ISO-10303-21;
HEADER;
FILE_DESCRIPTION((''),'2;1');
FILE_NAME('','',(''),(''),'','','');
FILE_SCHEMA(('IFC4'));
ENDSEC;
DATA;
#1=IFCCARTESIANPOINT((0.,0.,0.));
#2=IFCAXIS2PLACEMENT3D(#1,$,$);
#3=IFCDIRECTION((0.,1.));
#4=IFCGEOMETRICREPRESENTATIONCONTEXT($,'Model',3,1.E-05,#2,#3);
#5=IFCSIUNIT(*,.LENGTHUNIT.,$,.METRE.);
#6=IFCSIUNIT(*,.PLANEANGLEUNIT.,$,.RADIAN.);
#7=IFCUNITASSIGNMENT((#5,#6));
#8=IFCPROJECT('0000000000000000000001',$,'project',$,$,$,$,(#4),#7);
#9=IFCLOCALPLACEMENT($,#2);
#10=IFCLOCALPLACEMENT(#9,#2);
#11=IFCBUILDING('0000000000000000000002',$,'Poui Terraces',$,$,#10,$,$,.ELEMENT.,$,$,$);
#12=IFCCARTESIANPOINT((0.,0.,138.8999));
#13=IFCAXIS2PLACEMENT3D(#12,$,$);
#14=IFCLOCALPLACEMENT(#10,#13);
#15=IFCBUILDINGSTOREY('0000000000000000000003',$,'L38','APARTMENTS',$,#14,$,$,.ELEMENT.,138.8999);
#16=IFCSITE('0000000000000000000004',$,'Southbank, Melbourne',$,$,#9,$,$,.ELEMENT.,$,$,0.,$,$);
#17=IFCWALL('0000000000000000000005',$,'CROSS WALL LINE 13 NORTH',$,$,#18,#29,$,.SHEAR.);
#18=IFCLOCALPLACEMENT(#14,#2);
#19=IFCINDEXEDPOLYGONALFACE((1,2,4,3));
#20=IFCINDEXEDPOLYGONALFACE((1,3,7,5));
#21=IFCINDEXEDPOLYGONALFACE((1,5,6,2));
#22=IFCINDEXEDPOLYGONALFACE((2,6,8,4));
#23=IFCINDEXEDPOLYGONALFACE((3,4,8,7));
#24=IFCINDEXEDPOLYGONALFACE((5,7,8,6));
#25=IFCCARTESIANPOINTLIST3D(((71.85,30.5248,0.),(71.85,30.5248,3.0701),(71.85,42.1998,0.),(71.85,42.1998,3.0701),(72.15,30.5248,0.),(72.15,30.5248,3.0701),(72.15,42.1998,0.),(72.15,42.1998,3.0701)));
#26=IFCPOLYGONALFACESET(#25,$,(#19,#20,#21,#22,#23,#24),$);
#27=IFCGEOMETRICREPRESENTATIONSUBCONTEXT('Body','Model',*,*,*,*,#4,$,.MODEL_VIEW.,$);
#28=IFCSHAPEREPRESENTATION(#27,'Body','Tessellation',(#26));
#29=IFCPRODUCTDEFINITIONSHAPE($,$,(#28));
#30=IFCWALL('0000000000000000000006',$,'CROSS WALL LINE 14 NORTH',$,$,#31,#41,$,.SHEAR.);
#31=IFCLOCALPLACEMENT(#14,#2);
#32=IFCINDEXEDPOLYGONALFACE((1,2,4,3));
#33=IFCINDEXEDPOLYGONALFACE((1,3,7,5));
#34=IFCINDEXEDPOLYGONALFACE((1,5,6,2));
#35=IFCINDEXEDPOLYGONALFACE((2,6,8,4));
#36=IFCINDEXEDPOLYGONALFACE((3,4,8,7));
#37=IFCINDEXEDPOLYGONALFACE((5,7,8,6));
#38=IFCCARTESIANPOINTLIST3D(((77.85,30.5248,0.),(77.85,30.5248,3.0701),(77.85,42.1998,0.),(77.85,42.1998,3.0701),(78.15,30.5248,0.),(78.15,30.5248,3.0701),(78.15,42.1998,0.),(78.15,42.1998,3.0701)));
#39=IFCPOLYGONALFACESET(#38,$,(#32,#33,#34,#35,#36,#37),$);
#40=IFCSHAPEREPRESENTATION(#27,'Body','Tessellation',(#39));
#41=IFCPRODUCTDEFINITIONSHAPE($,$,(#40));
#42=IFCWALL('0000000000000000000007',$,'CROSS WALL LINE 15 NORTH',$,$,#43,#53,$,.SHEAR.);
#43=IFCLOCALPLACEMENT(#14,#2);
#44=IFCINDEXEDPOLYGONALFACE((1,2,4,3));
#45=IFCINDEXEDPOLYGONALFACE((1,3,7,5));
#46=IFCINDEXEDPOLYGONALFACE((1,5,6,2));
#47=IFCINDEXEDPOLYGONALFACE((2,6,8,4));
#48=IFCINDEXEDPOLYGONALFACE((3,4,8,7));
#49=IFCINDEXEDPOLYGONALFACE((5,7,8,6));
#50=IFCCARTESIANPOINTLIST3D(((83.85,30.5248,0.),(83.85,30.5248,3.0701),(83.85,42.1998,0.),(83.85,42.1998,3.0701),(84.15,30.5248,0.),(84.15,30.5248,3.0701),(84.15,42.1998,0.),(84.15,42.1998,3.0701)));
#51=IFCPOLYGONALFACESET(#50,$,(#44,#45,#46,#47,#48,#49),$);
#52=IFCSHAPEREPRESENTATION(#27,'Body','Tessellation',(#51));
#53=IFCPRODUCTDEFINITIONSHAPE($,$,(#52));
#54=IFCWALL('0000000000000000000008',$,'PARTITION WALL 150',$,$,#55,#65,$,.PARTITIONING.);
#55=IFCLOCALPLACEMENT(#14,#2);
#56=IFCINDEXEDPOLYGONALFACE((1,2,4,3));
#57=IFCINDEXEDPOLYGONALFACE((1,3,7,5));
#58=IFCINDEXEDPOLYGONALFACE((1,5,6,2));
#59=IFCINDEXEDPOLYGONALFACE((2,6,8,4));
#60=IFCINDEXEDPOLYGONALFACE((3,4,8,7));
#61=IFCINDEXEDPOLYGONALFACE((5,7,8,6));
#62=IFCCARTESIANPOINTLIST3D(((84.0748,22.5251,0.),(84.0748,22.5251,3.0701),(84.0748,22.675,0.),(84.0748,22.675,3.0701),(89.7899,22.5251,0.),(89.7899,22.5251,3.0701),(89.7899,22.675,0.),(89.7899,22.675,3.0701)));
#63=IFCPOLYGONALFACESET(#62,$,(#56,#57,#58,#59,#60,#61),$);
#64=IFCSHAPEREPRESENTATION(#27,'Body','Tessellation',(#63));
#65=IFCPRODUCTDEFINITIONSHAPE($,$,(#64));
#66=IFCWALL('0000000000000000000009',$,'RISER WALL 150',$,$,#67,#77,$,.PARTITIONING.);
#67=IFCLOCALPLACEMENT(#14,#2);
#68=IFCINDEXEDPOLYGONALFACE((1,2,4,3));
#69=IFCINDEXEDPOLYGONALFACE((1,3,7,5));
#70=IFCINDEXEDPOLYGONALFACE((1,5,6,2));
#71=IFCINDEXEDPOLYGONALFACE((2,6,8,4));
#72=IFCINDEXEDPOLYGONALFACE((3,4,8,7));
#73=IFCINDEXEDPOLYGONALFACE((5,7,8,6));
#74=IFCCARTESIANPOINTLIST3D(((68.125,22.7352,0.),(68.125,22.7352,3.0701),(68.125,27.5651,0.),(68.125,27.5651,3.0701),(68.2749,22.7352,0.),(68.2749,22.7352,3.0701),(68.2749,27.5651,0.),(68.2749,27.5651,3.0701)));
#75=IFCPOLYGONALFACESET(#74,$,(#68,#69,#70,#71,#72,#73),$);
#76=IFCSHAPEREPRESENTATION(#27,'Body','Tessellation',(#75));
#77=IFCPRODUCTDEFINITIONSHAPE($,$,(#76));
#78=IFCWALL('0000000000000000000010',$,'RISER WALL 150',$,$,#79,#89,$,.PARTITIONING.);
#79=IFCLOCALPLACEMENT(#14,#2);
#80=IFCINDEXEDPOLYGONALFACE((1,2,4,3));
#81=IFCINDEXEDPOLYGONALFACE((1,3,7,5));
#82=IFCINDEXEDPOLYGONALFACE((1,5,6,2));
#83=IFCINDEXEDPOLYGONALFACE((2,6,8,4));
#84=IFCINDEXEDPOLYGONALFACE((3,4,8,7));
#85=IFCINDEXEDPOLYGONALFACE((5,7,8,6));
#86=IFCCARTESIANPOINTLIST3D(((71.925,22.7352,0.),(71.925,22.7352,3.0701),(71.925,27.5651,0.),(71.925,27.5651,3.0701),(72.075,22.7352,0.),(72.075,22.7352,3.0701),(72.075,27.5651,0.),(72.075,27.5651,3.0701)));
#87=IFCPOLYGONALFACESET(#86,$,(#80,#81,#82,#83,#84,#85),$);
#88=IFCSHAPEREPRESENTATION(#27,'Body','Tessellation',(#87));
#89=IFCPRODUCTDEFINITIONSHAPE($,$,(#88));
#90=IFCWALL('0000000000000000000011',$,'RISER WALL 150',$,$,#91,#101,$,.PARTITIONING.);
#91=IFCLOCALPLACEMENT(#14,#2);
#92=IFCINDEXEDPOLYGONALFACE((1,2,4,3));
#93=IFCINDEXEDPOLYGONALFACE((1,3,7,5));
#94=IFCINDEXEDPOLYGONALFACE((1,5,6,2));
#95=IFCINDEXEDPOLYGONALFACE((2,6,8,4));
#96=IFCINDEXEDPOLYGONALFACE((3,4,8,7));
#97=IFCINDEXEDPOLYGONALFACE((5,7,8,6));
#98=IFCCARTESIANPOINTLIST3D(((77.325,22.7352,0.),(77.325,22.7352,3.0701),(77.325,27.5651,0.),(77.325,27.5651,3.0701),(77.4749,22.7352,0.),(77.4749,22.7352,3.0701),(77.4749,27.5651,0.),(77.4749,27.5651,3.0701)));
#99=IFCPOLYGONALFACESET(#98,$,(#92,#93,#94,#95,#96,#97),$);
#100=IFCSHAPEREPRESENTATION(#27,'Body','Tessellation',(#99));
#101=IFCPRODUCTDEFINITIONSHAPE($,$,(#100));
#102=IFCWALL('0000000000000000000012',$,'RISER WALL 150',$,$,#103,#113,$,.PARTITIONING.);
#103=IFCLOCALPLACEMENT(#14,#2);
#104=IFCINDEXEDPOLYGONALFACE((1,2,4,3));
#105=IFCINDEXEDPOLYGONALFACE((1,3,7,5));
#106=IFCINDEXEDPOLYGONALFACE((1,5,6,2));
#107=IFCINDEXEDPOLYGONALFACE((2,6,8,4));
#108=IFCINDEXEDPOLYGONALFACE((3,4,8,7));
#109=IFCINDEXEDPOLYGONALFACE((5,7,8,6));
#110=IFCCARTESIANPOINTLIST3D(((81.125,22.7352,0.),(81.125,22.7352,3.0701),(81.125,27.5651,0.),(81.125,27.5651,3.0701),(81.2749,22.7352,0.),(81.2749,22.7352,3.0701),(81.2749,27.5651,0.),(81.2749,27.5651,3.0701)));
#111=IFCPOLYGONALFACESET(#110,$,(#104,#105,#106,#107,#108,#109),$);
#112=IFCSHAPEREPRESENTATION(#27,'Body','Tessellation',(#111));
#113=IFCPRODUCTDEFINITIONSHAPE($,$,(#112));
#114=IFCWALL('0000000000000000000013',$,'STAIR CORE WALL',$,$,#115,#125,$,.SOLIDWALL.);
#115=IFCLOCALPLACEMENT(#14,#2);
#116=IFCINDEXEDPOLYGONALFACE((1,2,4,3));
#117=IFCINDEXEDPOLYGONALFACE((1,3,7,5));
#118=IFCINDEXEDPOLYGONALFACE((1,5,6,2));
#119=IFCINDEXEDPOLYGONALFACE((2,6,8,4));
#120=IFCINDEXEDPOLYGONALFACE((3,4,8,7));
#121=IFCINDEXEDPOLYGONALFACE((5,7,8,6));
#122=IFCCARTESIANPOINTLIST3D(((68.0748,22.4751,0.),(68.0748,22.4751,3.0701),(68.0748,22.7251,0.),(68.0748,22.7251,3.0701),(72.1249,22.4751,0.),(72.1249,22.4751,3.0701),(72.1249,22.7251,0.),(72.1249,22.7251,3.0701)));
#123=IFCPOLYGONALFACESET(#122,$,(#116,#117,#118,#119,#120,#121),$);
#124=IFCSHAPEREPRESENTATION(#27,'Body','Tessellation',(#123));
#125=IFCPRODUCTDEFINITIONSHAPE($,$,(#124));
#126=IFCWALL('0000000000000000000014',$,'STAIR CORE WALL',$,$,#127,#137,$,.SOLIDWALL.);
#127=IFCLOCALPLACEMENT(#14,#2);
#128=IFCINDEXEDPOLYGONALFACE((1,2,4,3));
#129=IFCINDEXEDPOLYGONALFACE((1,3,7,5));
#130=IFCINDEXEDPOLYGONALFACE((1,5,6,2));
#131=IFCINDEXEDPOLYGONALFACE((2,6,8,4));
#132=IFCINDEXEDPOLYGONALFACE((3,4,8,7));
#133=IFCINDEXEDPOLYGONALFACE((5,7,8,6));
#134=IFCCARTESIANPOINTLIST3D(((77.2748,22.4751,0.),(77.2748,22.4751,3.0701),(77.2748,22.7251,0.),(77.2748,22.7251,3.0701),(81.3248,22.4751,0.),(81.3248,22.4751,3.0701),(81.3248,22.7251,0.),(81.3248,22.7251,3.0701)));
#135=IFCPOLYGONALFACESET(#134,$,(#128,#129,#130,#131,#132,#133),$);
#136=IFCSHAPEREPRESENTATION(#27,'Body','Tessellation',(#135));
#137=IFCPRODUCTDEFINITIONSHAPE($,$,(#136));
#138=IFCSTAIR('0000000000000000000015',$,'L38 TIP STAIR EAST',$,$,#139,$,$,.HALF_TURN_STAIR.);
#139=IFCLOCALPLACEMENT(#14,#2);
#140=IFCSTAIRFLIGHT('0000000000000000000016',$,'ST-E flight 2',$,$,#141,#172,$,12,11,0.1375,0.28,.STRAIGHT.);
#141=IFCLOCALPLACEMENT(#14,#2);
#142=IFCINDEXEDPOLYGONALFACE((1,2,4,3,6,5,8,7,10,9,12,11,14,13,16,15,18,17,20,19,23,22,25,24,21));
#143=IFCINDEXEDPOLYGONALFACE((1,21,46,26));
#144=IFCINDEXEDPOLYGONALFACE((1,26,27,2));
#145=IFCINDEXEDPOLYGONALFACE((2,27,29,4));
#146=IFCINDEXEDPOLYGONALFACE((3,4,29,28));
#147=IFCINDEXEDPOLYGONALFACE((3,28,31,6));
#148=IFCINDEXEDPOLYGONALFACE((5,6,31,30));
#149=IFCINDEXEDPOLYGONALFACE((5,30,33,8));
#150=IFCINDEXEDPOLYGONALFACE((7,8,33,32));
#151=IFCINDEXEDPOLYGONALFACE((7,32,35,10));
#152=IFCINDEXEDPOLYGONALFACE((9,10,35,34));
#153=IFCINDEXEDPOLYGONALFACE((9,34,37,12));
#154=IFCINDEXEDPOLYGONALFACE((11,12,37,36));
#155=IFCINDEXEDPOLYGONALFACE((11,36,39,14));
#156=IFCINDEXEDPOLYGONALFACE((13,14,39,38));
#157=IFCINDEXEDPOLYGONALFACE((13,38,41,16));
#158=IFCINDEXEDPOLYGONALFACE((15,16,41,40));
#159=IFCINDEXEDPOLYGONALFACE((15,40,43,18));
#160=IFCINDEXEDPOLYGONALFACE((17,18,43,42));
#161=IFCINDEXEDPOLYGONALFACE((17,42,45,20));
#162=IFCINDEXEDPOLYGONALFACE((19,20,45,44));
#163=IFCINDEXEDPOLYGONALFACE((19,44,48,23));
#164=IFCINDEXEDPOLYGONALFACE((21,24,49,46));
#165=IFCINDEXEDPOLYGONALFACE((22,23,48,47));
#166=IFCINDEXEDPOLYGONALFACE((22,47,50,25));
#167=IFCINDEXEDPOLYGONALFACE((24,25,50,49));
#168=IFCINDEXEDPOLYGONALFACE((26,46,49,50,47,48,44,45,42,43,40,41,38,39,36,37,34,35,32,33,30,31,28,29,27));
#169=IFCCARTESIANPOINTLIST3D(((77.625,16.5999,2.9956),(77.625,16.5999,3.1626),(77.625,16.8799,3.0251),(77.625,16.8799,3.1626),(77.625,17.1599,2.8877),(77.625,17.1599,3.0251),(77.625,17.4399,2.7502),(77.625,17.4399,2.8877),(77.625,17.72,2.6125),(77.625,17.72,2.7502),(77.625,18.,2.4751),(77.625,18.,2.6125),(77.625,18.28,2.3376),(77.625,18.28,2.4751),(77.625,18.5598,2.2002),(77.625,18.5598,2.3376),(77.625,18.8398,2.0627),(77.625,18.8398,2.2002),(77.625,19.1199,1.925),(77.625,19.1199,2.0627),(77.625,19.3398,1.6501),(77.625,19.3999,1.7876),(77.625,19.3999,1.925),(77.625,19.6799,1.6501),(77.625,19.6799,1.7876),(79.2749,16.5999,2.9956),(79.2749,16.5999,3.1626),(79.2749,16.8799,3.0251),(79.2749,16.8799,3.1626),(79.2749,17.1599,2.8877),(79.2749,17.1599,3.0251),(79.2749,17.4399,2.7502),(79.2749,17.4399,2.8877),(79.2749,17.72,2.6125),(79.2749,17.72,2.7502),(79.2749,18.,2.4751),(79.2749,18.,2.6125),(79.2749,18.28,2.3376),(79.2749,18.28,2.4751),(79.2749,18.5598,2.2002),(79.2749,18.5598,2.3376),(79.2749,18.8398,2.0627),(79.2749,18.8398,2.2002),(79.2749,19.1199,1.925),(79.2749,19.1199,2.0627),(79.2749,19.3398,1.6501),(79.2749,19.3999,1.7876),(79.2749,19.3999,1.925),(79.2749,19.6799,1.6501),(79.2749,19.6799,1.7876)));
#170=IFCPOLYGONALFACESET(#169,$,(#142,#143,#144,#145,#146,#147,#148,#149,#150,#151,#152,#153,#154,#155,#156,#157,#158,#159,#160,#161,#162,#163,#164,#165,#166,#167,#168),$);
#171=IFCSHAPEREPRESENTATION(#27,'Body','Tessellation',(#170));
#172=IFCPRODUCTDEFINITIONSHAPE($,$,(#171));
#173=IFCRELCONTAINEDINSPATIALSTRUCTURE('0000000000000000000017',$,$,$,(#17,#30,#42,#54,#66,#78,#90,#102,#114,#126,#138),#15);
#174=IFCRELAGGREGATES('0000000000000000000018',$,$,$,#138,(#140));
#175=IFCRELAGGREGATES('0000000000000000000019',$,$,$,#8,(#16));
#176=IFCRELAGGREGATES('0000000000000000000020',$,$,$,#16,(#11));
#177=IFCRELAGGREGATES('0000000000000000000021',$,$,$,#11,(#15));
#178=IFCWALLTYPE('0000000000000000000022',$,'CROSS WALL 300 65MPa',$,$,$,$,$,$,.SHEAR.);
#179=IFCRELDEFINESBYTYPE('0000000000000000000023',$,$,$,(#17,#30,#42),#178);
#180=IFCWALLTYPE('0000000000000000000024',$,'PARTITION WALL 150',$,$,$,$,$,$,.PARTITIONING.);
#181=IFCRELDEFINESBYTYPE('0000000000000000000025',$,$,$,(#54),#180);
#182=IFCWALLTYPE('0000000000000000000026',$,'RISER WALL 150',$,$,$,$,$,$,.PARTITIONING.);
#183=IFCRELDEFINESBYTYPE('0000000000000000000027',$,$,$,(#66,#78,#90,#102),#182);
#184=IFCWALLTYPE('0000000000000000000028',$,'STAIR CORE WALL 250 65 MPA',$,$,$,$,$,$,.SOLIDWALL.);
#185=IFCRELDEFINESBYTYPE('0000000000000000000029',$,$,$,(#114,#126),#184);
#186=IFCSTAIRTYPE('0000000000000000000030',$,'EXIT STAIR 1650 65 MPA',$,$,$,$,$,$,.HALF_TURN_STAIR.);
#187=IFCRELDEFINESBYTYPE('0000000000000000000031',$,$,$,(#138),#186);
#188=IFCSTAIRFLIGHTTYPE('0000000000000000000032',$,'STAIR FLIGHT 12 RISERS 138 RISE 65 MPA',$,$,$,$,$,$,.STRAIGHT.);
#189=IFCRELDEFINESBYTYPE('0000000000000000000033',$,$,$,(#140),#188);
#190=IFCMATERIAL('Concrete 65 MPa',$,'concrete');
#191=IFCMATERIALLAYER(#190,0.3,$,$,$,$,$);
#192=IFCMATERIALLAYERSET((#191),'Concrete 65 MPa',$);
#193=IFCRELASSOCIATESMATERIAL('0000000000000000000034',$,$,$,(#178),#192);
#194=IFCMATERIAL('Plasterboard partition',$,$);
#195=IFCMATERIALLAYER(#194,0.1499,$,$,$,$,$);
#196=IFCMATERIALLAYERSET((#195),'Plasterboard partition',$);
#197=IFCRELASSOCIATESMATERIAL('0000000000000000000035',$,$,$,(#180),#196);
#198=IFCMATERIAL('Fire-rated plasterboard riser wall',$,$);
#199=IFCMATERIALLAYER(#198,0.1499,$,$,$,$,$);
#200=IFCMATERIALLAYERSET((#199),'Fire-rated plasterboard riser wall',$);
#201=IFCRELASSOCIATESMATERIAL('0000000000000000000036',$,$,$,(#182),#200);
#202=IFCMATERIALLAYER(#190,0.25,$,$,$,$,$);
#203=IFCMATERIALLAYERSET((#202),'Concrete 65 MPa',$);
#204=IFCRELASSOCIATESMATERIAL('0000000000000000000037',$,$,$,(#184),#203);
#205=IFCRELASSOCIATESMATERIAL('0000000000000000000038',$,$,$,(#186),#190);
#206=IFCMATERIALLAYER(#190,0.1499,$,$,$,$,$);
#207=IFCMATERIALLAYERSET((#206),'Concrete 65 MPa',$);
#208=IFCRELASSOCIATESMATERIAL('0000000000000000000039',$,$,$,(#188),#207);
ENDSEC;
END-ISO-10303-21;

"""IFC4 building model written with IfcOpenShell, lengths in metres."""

from ifc_helpers import new_model, si_unit, direction, frame, frame_2d, origin, place, context, subcontext, project, spatial, polyline, rectangle, outline, extrude, material, layer, layer_set, type_object, element, aggregate, save


model = new_model("IFC4")

# Units and contexts
model_context = context("Model", 3, precision=1e-05, world=origin(), true_north=direction((0.0, 1.0)))
body_context = subcontext(model_context, "Body", "Model", "MODEL_VIEW")
ifc_project = project(units=[si_unit("LENGTHUNIT", "METRE"), si_unit("PLANEANGLEUNIT", "RADIAN")], contexts=[model_context])

# Site, building, storey
site_placement = place(None, origin())
site = spatial("IfcSite", under=ifc_project, at=site_placement, Name="Southbank, Melbourne", CompositionType="ELEMENT", RefElevation=0.0)
building_placement = place(site_placement, origin())
building = spatial("IfcBuilding", under=site, at=building_placement, Name="Poui Terraces", CompositionType="ELEMENT")
storey_placement = place(building_placement, frame((0.0, 0.0, 138.8999)))
storey = spatial("IfcBuildingStorey", under=building, at=storey_placement, Name="L38", Description="APARTMENTS", CompositionType="ELEMENT", Elevation=138.8999)

# Shared definitions
ifc_material_1 = material(Name="Concrete 65 MPa", Category="concrete")

# Shared definitions
ifc_layer_1 = layer(ifc_material_1, 0.3)
ifc_layer_set_1 = layer_set([ifc_layer_1], Name="Concrete 65 MPa")
wall_type_1 = type_object("IfcWallType", Name="CROSS WALL 300 65MPa", PredefinedType="SHEAR", material=ifc_layer_set_1)

# Walls
for number, where, z_axis, x_axis, name in (
    (1, (72.0, 30.5249, 0.0), (0.0, 0.0, 1.0), (0.0, 1.0, 0.0), "CROSS WALL LINE 13 NORTH"),
    (2, (78.0, 30.5249, 0.0), (0.0, 0.0, 1.0), (0.0, 1.0, 0.0), "CROSS WALL LINE 14 NORTH"),
    (3, (84.0, 30.5249, 0.0), (0.0, 0.0, 1.0), (0.0, 1.0, 0.0), "CROSS WALL LINE 15 NORTH"),
):
    element("IfcWall", number, at=place(storey_placement, frame(where, z_axis=z_axis, x_axis=x_axis)), inside=storey, type_object=wall_type_1, Name=name, PredefinedType="SHEAR", context=body_context, shape_type="SweptSolid", body=[
        extrude(rectangle(XDim=11.675, YDim=0.3, at=frame_2d((5.8374, 0.0))), origin(), (0.0, 0.0, 1.0), 3.0701),
    ])
ifc_material_2 = material(Name="Plasterboard partition")
ifc_layer_2 = layer(ifc_material_2, 0.1499)
ifc_layer_set_2 = layer_set([ifc_layer_2], Name="Plasterboard partition")
wall_type_2 = type_object("IfcWallType", Name="PARTITION WALL 150", PredefinedType="PARTITIONING", material=ifc_layer_set_2)
wall_1_placement = place(storey_placement, frame((84.075, 22.6001, 0.0), z_axis=(0.0, 0.0, 1.0), x_axis=(1.0, 0.0, 0.0)))
element("IfcWall", 4, at=wall_1_placement, inside=storey, type_object=wall_type_2, Name="PARTITION WALL 150", PredefinedType="PARTITIONING", context=body_context, shape_type="SweptSolid", body=[
    extrude(rectangle(XDim=5.7151, YDim=0.1499, at=frame_2d((2.8574, 0.0))), origin(), (0.0, 0.0, 1.0), 3.0701),
])
ifc_material_3 = material(Name="Fire-rated plasterboard riser wall")
ifc_layer_3 = layer(ifc_material_3, 0.1499)
ifc_layer_set_3 = layer_set([ifc_layer_3], Name="Fire-rated plasterboard riser wall")
wall_type_3 = type_object("IfcWallType", Name="RISER WALL 150", PredefinedType="PARTITIONING", material=ifc_layer_set_3)
for number, where, z_axis, x_axis, name in (
    (5, (68.2, 22.7351, 0.0), (0.0, 0.0, 1.0), (0.0, 1.0, 0.0), "RISER WALL 150"),
    (6, (72.0, 22.7351, 0.0), (0.0, 0.0, 1.0), (0.0, 1.0, 0.0), "RISER WALL 150"),
    (7, (77.3999, 22.7351, 0.0), (0.0, 0.0, 1.0), (0.0, 1.0, 0.0), "RISER WALL 150"),
    (8, (81.2, 22.7351, 0.0), (0.0, 0.0, 1.0), (0.0, 1.0, 0.0), "RISER WALL 150"),
):
    element("IfcWall", number, at=place(storey_placement, frame(where, z_axis=z_axis, x_axis=x_axis)), inside=storey, type_object=wall_type_3, Name=name, PredefinedType="PARTITIONING", context=body_context, shape_type="SweptSolid", body=[
        extrude(rectangle(XDim=4.8298, YDim=0.1499, at=frame_2d((2.415, 0.0))), origin(), (0.0, 0.0, 1.0), 3.0701),
    ])
ifc_layer_4 = layer(ifc_material_1, 0.25)
ifc_layer_set_4 = layer_set([ifc_layer_4], Name="Concrete 65 MPa")
wall_type_4 = type_object("IfcWallType", Name="STAIR CORE WALL 250 65 MPA", PredefinedType="SOLIDWALL", material=ifc_layer_set_4)
for number, where, z_axis, x_axis, name in (
    (9, (68.075, 22.6001, 0.0), (0.0, 0.0, 1.0), (1.0, 0.0, 0.0), "STAIR CORE WALL"),
    (10, (77.2749, 22.6001, 0.0), (0.0, 0.0, 1.0), (1.0, 0.0, 0.0), "STAIR CORE WALL"),
):
    element("IfcWall", number, at=place(storey_placement, frame(where, z_axis=z_axis, x_axis=x_axis)), inside=storey, type_object=wall_type_4, Name=name, PredefinedType="SOLIDWALL", context=body_context, shape_type="SweptSolid", body=[
        extrude(rectangle(XDim=4.05, YDim=0.25, at=frame_2d((2.0249, 0.0))), origin(), (0.0, 0.0, 1.0), 3.0701),
    ])

# Stair, stair flight
stair_type = type_object("IfcStairType", Name="EXIT STAIR 1650 65 MPA", PredefinedType="HALF_TURN_STAIR", material=ifc_material_1)
stair_placement = place(storey_placement, origin())
stair = element("IfcStair", 11, at=stair_placement, inside=storey, type_object=stair_type, Name="L38 TIP STAIR EAST", PredefinedType="HALF_TURN_STAIR")
ifc_layer_5 = layer(ifc_material_1, 0.1499)
ifc_layer_set_5 = layer_set([ifc_layer_5], Name="Concrete 65 MPa")
stair_flight_type = type_object("IfcStairFlightType", Name="STAIR FLIGHT 12 RISERS 138 RISE 65 MPA", PredefinedType="STRAIGHT", material=ifc_layer_set_5)
stair_flight_placement = place(storey_placement, frame((78.45, 19.6799, 1.6501), z_axis=(0.0, 0.0, 1.0), x_axis=(0.0, -1.0, 0.0)))
stair_flight = element("IfcStairFlight", 12, at=stair_flight_placement, type_object=stair_flight_type, Name="ST-E flight 2", NumberOfRisers=12, NumberOfTreads=11, PredefinedType="STRAIGHT", RiserHeight=0.1375, TreadLength=0.28, context=body_context, shape_type="SweptSolid", body=[
    extrude(outline(polyline([(0.0, 0.0), (0.0, 0.1375), (0.28, 0.1375), (0.28, 0.2749), (0.5601, 0.2749), (0.5601, 0.4126), (0.8401, 0.4126), (0.8401, 0.55), (1.1201, 0.55), (1.1201, 0.6875), (1.3999, 0.6875), (1.3999, 0.825), (1.6799, 0.825), (1.6799, 0.9624), (1.96, 0.9624), (1.96, 1.1001), (2.24, 1.1001), (2.24, 1.2375), (2.52, 1.2375), (2.52, 1.375), (2.8, 1.375), (2.8, 1.5125), (3.0801, 1.5125), (3.0801, 1.6499), (3.0801, 1.3455), (0.3401, 0.0), (0.0, 0.0)])), frame((0.0, 0.825, 0.0), z_axis=(0.0, -1.0, 0.0), x_axis=(1.0, 0.0, 0.0)), (0.0, 0.0, 1.0), 1.6499),
])
aggregate(stair, [stair_flight])

save(model, "model.ifc")
